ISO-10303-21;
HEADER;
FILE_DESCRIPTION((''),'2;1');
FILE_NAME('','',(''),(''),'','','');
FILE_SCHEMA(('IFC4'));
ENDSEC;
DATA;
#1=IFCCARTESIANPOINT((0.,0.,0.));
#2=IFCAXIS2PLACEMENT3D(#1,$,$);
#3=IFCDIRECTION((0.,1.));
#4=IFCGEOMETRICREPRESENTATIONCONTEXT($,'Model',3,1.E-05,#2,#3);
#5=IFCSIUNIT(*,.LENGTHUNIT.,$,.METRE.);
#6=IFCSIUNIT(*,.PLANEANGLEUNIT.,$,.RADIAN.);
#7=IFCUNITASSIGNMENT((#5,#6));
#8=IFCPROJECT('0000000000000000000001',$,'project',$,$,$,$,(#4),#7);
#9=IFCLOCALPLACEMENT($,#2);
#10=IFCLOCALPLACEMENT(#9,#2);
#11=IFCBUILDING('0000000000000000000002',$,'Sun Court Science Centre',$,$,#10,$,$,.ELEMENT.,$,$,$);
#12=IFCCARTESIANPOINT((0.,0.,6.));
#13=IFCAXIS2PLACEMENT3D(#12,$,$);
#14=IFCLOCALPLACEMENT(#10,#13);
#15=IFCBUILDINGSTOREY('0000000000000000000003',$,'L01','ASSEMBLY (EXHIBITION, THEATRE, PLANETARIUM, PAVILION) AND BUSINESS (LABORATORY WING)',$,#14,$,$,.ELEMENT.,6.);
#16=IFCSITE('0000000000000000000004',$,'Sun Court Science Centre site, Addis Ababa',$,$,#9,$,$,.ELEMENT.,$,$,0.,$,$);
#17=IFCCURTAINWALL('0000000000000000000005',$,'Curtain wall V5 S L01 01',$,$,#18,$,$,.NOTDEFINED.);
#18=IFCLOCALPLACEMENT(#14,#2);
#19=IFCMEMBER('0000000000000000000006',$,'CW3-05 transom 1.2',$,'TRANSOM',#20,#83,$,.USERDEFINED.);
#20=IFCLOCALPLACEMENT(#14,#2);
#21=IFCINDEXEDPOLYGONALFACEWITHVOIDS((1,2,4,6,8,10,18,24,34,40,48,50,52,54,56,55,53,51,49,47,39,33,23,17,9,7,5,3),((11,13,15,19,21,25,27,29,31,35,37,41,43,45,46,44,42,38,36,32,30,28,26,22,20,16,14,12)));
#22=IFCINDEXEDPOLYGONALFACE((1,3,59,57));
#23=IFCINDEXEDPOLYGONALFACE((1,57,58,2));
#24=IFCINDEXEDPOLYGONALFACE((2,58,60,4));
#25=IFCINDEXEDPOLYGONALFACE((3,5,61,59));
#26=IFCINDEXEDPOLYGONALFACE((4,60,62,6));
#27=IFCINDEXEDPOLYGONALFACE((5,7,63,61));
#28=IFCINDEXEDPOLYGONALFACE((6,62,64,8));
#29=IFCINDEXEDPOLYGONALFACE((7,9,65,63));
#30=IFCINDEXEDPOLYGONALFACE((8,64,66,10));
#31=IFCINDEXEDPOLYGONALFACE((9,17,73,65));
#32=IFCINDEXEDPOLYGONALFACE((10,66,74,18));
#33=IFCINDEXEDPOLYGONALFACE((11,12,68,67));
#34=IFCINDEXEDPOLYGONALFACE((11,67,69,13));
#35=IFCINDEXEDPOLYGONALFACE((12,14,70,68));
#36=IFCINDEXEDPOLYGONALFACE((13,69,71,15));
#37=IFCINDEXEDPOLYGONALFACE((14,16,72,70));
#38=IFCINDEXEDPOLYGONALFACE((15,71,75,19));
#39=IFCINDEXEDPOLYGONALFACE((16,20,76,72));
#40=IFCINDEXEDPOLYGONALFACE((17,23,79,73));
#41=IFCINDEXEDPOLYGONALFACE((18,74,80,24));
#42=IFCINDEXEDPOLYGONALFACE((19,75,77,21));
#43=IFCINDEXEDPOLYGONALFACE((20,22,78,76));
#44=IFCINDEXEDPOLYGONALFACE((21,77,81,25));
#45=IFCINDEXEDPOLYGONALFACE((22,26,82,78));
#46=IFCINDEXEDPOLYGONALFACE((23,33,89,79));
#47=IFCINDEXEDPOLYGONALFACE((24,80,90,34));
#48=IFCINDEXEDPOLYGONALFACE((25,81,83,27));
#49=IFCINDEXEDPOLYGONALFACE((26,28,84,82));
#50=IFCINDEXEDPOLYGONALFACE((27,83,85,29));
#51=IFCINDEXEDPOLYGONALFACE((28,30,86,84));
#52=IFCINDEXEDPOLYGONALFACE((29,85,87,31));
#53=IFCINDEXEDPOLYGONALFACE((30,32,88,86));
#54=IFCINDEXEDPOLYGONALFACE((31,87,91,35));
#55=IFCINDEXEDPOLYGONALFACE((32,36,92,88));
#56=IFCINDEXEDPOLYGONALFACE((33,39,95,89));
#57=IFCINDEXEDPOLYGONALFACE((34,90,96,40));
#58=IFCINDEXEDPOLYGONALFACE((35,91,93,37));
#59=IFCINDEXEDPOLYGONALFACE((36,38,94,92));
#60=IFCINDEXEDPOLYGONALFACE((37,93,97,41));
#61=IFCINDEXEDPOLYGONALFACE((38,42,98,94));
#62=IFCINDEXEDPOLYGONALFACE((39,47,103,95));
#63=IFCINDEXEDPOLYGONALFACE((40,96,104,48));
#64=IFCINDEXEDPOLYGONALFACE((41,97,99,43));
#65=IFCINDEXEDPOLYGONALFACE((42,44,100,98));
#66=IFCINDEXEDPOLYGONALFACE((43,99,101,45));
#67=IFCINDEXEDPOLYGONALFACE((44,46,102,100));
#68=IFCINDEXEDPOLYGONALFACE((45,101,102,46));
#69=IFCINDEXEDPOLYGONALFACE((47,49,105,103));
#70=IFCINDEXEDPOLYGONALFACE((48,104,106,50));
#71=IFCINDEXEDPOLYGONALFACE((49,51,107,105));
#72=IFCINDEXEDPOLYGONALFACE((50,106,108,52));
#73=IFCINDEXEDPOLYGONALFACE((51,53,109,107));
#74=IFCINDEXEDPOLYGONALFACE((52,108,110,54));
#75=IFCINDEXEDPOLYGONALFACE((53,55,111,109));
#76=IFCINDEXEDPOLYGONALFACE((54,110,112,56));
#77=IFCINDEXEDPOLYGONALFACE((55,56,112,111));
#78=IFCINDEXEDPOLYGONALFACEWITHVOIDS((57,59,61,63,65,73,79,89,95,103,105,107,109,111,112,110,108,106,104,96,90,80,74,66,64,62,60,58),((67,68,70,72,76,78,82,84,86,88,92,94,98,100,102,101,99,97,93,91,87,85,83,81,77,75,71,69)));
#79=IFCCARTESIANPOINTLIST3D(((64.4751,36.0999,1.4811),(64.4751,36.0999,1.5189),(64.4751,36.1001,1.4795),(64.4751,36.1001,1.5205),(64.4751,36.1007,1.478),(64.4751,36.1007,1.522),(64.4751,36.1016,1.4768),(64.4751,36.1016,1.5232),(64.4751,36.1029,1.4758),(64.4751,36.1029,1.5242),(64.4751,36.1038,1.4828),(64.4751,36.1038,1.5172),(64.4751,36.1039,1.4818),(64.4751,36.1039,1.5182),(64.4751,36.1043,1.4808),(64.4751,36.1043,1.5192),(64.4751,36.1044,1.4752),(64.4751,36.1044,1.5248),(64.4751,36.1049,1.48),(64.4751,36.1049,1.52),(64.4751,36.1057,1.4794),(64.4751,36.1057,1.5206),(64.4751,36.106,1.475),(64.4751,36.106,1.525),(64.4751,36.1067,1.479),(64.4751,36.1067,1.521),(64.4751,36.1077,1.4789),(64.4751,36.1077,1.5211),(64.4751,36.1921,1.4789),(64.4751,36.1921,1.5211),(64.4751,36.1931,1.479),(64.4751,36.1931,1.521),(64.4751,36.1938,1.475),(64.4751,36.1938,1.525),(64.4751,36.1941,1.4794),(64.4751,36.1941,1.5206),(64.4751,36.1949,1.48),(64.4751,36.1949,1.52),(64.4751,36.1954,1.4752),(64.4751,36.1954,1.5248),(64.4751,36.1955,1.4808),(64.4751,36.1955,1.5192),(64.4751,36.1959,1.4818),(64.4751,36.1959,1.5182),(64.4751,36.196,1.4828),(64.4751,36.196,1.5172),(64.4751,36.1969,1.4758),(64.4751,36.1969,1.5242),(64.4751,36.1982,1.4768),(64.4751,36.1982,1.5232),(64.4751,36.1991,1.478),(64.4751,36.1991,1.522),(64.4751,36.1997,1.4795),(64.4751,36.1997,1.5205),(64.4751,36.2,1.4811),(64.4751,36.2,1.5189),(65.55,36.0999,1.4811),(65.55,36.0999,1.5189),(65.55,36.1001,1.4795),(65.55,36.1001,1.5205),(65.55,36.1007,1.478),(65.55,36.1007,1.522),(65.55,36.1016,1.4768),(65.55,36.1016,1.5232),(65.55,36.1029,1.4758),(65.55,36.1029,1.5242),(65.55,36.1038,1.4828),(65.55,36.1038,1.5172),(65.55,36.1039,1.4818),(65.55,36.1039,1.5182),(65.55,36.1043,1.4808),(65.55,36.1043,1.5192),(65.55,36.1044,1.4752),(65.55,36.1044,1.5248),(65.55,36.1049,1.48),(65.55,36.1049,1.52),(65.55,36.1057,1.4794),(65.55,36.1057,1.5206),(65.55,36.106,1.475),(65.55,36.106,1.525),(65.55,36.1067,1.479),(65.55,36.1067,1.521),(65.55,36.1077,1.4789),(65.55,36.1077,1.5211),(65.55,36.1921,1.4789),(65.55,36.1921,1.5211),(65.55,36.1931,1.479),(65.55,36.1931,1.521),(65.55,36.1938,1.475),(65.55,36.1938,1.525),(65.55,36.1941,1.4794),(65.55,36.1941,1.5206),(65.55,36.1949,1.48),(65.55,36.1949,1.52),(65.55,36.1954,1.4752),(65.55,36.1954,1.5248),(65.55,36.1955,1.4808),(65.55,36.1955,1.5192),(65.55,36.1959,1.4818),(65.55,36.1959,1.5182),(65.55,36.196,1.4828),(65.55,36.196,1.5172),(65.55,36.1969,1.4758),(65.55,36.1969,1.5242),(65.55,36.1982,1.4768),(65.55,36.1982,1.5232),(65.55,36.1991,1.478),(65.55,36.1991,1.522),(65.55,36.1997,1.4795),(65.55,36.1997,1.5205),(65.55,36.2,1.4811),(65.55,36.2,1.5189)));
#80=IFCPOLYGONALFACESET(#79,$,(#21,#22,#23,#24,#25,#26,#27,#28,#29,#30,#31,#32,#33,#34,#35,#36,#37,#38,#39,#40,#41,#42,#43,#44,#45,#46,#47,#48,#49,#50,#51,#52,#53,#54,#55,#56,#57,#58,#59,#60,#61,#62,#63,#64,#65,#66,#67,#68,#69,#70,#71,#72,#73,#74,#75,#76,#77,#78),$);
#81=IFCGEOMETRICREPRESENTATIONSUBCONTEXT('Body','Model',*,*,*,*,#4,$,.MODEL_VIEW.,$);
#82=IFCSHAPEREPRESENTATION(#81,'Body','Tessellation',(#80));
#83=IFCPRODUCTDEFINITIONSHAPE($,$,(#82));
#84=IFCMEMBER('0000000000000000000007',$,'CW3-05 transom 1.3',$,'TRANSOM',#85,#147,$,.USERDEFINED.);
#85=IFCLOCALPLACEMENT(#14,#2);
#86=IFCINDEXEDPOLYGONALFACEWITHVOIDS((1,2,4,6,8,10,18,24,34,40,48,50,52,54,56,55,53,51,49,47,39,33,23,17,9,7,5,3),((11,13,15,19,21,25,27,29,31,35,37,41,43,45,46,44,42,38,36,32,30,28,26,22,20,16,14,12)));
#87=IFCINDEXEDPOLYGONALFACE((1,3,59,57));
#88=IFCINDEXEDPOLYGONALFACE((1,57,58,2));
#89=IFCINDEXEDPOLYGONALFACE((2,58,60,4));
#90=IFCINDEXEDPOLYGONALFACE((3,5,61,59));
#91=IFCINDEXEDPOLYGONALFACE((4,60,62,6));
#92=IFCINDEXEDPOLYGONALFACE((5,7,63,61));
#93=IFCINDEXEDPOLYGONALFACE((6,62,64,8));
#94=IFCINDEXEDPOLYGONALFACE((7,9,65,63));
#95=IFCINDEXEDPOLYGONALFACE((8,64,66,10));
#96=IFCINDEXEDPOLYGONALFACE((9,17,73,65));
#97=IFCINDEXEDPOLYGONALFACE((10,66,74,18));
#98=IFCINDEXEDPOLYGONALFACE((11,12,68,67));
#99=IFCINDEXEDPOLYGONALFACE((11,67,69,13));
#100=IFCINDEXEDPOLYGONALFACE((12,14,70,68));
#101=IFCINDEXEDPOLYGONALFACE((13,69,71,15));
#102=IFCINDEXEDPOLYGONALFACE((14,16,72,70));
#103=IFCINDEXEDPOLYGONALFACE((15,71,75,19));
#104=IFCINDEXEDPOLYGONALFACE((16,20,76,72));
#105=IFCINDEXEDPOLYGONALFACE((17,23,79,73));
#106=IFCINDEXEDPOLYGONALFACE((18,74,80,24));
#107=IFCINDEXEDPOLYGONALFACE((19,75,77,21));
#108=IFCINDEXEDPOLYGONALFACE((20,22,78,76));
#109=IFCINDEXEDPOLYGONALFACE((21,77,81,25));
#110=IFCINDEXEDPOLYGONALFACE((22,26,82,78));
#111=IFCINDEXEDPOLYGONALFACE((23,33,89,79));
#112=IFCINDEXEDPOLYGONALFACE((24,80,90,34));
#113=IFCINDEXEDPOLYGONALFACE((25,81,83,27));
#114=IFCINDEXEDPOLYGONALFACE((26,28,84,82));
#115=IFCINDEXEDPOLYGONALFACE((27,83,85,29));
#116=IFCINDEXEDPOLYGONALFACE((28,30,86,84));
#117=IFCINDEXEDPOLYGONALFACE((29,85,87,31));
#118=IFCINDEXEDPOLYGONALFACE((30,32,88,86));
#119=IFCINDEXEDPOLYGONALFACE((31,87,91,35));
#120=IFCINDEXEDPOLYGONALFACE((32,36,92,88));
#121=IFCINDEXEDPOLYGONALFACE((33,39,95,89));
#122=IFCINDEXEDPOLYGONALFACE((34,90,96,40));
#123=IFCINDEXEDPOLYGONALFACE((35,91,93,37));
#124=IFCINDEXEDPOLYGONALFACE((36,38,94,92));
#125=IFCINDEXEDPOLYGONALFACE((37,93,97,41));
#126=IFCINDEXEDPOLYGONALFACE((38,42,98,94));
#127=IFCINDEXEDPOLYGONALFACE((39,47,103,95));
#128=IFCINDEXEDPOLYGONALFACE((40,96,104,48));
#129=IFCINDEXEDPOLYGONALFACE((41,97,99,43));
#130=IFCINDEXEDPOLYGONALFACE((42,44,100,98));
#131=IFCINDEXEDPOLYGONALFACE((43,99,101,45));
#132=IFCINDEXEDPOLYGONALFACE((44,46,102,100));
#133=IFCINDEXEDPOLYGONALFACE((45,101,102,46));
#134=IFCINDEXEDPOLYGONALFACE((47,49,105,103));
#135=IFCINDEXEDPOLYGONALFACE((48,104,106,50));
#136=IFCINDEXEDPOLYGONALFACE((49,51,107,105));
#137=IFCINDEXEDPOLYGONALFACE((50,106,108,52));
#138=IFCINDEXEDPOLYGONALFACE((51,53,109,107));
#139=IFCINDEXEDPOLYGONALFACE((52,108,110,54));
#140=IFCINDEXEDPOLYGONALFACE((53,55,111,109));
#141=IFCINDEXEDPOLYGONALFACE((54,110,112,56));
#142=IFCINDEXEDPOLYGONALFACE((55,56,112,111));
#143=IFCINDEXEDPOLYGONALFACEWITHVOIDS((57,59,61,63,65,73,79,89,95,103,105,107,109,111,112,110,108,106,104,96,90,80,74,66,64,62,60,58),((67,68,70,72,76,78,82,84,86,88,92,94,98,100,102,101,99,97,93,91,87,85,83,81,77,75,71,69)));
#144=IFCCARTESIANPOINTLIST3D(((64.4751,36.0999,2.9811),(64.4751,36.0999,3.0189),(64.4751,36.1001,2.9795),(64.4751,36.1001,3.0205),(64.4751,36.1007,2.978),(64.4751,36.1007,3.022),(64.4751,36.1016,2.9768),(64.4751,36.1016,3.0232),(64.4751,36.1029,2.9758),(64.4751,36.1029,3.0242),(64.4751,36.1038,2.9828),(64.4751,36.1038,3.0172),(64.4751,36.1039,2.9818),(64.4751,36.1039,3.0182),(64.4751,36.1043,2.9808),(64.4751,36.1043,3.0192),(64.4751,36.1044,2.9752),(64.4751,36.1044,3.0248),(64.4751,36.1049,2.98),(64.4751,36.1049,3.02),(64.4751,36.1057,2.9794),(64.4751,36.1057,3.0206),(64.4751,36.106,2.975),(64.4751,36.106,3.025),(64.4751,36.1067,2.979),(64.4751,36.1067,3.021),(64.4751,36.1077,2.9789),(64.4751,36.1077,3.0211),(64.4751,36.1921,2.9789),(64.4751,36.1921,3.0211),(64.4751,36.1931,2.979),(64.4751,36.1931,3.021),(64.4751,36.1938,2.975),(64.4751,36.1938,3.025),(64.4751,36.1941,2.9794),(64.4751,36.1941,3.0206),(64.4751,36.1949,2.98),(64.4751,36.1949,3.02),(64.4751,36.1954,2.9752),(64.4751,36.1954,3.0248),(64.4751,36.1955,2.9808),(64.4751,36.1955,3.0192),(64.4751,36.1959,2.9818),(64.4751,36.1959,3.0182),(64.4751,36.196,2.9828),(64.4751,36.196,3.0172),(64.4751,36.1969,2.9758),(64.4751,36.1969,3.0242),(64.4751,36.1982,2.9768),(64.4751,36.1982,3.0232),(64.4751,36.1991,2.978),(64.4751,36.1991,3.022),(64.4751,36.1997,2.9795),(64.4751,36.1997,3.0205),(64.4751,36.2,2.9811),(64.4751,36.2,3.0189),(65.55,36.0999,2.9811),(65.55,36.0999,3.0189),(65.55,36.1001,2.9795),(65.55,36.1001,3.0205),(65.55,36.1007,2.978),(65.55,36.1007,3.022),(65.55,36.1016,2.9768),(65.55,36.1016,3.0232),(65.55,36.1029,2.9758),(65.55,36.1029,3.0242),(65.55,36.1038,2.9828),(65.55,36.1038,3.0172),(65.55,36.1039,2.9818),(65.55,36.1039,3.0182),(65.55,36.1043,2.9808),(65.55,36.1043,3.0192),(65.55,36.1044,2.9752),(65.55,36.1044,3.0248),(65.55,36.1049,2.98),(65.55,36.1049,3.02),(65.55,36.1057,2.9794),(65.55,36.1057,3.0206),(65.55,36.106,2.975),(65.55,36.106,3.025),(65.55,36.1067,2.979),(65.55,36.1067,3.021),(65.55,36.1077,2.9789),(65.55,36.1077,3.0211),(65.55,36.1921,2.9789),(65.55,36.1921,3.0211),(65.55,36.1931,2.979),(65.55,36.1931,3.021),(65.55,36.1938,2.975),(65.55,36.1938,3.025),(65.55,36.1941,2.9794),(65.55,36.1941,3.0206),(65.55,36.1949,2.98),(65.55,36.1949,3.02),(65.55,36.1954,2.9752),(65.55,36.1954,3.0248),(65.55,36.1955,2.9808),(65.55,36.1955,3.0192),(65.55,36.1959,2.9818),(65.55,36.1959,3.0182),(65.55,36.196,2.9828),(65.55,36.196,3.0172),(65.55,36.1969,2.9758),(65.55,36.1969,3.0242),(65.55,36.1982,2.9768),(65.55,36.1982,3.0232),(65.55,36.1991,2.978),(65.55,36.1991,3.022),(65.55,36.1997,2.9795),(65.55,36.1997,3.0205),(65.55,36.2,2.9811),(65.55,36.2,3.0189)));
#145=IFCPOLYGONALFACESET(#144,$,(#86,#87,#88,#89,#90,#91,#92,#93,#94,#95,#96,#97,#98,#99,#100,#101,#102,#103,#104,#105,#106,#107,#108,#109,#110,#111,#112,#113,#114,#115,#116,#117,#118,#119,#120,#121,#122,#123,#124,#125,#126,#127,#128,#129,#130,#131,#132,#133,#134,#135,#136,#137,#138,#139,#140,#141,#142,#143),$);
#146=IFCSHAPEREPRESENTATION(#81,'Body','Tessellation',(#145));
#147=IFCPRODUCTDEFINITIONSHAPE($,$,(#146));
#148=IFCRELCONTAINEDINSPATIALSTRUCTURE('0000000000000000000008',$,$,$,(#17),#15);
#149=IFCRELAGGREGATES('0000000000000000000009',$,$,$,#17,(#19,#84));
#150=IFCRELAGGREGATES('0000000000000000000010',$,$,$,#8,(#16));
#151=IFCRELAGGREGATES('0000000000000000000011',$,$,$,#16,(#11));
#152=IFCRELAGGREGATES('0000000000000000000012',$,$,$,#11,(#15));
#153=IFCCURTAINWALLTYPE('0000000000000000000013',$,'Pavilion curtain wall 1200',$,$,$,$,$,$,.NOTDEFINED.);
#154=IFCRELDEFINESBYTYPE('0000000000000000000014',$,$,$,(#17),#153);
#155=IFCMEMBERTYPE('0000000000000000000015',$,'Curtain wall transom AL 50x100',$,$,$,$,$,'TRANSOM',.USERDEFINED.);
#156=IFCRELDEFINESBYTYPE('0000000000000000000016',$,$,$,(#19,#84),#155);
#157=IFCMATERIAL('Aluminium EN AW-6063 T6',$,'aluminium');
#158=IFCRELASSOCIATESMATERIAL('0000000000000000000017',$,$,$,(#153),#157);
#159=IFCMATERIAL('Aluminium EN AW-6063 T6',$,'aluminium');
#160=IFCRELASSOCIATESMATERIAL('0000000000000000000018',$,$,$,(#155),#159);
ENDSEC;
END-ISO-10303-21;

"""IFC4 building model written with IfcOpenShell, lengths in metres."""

from ifc_helpers import new_model, si_unit, direction, frame, origin, origin_2d, place, context, subcontext, project, spatial, hollow_rectangle, extrude, material, material_profile, profile_set, type_object, element, aggregate, save


model = new_model("IFC4")

# Units and contexts
model_context = context("Model", 3, precision=1e-05, world=origin(), true_north=direction((0.0, 1.0)))
body_context = subcontext(model_context, "Body", "Model", "MODEL_VIEW")
ifc_project = project(units=[si_unit("LENGTHUNIT", "METRE"), si_unit("PLANEANGLEUNIT", "RADIAN")], contexts=[model_context])

# Site, building, storey
site_placement = place(None, origin())
site = spatial("IfcSite", under=ifc_project, at=site_placement, Name="Sun Court Science Centre site, Addis Ababa", CompositionType="ELEMENT", RefElevation=0.0)
building_placement = place(site_placement, origin())
building = spatial("IfcBuilding", under=site, at=building_placement, Name="Sun Court Science Centre", CompositionType="ELEMENT")
storey_placement = place(building_placement, frame((0.0, 0.0, 6.0)))
storey = spatial("IfcBuildingStorey", under=building, at=storey_placement, Name="L01", Description="ASSEMBLY (EXHIBITION, THEATRE, PLANETARIUM, PAVILION) AND BUSINESS (LABORATORY WING)", CompositionType="ELEMENT", Elevation=6.0)

# Curtain wall
ifc_material_1 = material(Name="Aluminium EN AW-6063 T6", Category="aluminium")
curtain_wall_type = type_object("IfcCurtainWallType", Name="Pavilion curtain wall 1200", PredefinedType="NOTDEFINED", material=ifc_material_1)
curtain_wall_1_placement = place(storey_placement, origin())
curtain_wall_1 = element("IfcCurtainWall", 1, at=curtain_wall_1_placement, inside=storey, type_object=curtain_wall_type, Name="Curtain wall V5 S L01 01", PredefinedType="NOTDEFINED")

# Members
ifc_material_2 = material(Name="Aluminium EN AW-6063 T6", Category="aluminium")
ifc_material_profile_1 = material_profile(ifc_material_2, hollow_rectangle(XDim=0.05, YDim=0.1001, WallThickness=0.0039, InnerFilletRadius=0.0039, OuterFilletRadius=0.0061, at=origin_2d()), Name="AL 50x100x4")
ifc_profile_set_1 = profile_set([ifc_material_profile_1], Name="Aluminium EN AW-6063 T6")
member_type_1 = type_object("IfcMemberType", Name="Curtain wall transom AL 50x100", ElementType="TRANSOM", PredefinedType="USERDEFINED", material=ifc_profile_set_1)
member_1_placement = place(storey_placement, frame((65.55, 36.1499, 1.5), z_axis=(-1.0, 0.0, 0.0), x_axis=(0.0, 0.0, 1.0)))
member_1 = element("IfcMember", 2, at=member_1_placement, type_object=member_type_1, Name="CW3-05 transom 1.2", ObjectType="TRANSOM", PredefinedType="USERDEFINED", context=body_context, shape_type="SweptSolid", body=[
    extrude(hollow_rectangle(XDim=0.05, YDim=0.1001, WallThickness=0.0039, InnerFilletRadius=0.0039, OuterFilletRadius=0.0061, at=origin_2d()), origin(), (0.0, 0.0, 1.0), 1.075),
])
member_2_placement = place(storey_placement, frame((65.55, 36.1499, 3.0), z_axis=(-1.0, 0.0, 0.0), x_axis=(0.0, 0.0, 1.0)))
member_2 = element("IfcMember", 3, at=member_2_placement, type_object=member_type_1, Name="CW3-05 transom 1.3", ObjectType="TRANSOM", PredefinedType="USERDEFINED", context=body_context, shape_type="SweptSolid", body=[
    extrude(hollow_rectangle(XDim=0.05, YDim=0.1001, WallThickness=0.0039, InnerFilletRadius=0.0039, OuterFilletRadius=0.0061, at=origin_2d()), origin(), (0.0, 0.0, 1.0), 1.075),
])

aggregate(curtain_wall_1, [member_1, member_2])

save(model, "model.ifc")
